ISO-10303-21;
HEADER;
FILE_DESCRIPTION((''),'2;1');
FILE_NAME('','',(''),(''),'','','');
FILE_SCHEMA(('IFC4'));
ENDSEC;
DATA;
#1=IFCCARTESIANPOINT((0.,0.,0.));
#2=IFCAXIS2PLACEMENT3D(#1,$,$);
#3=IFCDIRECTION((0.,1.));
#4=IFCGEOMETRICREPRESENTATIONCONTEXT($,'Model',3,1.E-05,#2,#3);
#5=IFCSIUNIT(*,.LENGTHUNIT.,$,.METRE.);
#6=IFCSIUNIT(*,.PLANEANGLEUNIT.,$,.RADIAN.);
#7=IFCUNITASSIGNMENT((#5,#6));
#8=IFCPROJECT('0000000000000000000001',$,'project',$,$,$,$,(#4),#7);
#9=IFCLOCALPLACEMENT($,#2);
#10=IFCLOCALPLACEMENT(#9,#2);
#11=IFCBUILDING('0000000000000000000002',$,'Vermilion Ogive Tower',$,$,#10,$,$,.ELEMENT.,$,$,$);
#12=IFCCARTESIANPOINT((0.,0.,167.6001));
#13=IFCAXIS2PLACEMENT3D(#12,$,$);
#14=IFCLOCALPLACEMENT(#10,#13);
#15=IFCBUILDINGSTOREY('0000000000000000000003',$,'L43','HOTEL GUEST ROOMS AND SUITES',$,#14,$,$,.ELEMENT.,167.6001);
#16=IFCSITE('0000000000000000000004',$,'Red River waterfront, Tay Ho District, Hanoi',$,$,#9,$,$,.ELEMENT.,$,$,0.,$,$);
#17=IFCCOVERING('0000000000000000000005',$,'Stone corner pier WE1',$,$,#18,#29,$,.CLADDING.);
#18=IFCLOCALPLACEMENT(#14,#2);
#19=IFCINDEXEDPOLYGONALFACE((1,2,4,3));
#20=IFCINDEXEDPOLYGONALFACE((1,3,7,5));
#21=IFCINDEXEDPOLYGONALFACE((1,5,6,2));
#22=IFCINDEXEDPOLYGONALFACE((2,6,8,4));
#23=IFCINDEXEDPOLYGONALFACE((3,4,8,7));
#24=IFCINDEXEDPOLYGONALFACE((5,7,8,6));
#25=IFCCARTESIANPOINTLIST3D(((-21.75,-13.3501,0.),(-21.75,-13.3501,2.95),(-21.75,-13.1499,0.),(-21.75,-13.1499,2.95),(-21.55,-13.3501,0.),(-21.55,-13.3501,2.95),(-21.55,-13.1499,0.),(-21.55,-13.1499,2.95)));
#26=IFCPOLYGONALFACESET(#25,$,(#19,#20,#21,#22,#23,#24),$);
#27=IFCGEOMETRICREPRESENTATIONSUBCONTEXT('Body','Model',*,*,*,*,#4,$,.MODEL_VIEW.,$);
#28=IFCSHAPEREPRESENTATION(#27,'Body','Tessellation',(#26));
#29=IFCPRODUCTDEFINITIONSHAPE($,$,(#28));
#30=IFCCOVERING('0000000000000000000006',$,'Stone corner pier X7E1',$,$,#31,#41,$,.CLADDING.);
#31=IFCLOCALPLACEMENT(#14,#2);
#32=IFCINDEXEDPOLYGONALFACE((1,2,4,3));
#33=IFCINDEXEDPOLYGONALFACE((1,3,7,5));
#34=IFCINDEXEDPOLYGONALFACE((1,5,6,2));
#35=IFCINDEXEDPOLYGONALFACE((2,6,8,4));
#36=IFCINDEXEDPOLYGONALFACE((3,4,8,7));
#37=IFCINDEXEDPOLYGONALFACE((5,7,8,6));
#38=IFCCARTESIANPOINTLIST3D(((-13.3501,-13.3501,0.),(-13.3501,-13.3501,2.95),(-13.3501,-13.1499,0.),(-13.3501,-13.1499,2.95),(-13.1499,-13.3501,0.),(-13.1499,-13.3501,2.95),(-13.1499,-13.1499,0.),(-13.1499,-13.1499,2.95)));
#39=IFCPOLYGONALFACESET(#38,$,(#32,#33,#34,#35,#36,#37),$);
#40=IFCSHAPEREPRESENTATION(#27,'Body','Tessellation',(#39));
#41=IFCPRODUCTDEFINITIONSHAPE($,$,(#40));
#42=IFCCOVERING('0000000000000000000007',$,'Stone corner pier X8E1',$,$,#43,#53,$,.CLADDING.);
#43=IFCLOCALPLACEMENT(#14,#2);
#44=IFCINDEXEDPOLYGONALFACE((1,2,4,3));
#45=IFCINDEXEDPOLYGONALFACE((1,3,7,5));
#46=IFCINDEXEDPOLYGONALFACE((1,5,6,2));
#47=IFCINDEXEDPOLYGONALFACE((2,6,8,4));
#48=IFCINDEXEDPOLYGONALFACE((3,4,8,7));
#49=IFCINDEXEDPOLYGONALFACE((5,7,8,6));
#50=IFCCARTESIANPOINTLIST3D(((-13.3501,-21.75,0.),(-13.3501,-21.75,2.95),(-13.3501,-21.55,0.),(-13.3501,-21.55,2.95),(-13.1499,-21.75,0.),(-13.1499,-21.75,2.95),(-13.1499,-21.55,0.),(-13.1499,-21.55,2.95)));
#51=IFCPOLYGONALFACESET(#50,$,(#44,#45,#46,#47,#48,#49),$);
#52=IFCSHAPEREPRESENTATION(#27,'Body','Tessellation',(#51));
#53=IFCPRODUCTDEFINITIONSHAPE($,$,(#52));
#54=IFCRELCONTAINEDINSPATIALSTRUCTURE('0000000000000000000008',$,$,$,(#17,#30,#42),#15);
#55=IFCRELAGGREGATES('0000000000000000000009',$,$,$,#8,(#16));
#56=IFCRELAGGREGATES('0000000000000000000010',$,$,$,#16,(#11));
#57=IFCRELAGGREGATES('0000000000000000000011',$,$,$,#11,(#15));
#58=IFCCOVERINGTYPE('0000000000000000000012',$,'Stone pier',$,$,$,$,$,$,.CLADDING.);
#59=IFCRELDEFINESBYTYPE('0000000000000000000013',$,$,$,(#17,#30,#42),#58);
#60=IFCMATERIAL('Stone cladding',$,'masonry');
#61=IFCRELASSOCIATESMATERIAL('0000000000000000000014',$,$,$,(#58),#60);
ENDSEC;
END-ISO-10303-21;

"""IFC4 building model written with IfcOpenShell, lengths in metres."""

from ifc_helpers import new_model, si_unit, direction, frame, origin, place, context, subcontext, project, spatial, polyline, outline, extrude, material, type_object, element, save


model = new_model("IFC4")

# Units and contexts
model_context = context("Model", 3, precision=1e-05, world=origin(), true_north=direction((0.0, 1.0)))
body_context = subcontext(model_context, "Body", "Model", "MODEL_VIEW")
ifc_project = project(units=[si_unit("LENGTHUNIT", "METRE"), si_unit("PLANEANGLEUNIT", "RADIAN")], contexts=[model_context])

# Site, building, storey
site_placement = place(None, origin())
site = spatial("IfcSite", under=ifc_project, at=site_placement, Name="Red River waterfront, Tay Ho District, Hanoi", CompositionType="ELEMENT", RefElevation=0.0)
building_placement = place(site_placement, origin())
building = spatial("IfcBuilding", under=site, at=building_placement, Name="Vermilion Ogive Tower", CompositionType="ELEMENT")
storey_placement = place(building_placement, frame((0.0, 0.0, 167.6001)))
storey = spatial("IfcBuildingStorey", under=building, at=storey_placement, Name="L43", Description="HOTEL GUEST ROOMS AND SUITES", CompositionType="ELEMENT", Elevation=167.6001)

# Coverings
ifc_material_1 = material(Name="Stone cladding", Category="masonry")
covering_type_1 = type_object("IfcCoveringType", Name="Stone pier", PredefinedType="CLADDING", material=ifc_material_1)
covering_1_placement = place(storey_placement, origin())
element("IfcCovering", 1, at=covering_1_placement, inside=storey, type_object=covering_type_1, Name="Stone corner pier WE1", PredefinedType="CLADDING", context=body_context, shape_type="SweptSolid", body=[
    extrude(outline(polyline([(-21.75, -13.1499), (-21.55, -13.1499), (-21.55, -13.3501), (-21.75, -13.3501), (-21.75, -13.1499)])), origin(), (0.0, 0.0, 1.0), 2.95),
])
covering_2_placement = place(storey_placement, origin())
element("IfcCovering", 2, at=covering_2_placement, inside=storey, type_object=covering_type_1, Name="Stone corner pier X7E1", PredefinedType="CLADDING", context=body_context, shape_type="SweptSolid", body=[
    extrude(outline(polyline([(-13.1499, -13.1499), (-13.1499, -13.3501), (-13.3501, -13.3501), (-13.3501, -13.1499), (-13.1499, -13.1499)])), origin(), (0.0, 0.0, 1.0), 2.95),
])
covering_3_placement = place(storey_placement, origin())
element("IfcCovering", 3, at=covering_3_placement, inside=storey, type_object=covering_type_1, Name="Stone corner pier X8E1", PredefinedType="CLADDING", context=body_context, shape_type="SweptSolid", body=[
    extrude(outline(polyline([(-13.3501, -21.55), (-13.1499, -21.55), (-13.1499, -21.75), (-13.3501, -21.75), (-13.3501, -21.55)])), origin(), (0.0, 0.0, 1.0), 2.95),
])

save(model, "model.ifc")
